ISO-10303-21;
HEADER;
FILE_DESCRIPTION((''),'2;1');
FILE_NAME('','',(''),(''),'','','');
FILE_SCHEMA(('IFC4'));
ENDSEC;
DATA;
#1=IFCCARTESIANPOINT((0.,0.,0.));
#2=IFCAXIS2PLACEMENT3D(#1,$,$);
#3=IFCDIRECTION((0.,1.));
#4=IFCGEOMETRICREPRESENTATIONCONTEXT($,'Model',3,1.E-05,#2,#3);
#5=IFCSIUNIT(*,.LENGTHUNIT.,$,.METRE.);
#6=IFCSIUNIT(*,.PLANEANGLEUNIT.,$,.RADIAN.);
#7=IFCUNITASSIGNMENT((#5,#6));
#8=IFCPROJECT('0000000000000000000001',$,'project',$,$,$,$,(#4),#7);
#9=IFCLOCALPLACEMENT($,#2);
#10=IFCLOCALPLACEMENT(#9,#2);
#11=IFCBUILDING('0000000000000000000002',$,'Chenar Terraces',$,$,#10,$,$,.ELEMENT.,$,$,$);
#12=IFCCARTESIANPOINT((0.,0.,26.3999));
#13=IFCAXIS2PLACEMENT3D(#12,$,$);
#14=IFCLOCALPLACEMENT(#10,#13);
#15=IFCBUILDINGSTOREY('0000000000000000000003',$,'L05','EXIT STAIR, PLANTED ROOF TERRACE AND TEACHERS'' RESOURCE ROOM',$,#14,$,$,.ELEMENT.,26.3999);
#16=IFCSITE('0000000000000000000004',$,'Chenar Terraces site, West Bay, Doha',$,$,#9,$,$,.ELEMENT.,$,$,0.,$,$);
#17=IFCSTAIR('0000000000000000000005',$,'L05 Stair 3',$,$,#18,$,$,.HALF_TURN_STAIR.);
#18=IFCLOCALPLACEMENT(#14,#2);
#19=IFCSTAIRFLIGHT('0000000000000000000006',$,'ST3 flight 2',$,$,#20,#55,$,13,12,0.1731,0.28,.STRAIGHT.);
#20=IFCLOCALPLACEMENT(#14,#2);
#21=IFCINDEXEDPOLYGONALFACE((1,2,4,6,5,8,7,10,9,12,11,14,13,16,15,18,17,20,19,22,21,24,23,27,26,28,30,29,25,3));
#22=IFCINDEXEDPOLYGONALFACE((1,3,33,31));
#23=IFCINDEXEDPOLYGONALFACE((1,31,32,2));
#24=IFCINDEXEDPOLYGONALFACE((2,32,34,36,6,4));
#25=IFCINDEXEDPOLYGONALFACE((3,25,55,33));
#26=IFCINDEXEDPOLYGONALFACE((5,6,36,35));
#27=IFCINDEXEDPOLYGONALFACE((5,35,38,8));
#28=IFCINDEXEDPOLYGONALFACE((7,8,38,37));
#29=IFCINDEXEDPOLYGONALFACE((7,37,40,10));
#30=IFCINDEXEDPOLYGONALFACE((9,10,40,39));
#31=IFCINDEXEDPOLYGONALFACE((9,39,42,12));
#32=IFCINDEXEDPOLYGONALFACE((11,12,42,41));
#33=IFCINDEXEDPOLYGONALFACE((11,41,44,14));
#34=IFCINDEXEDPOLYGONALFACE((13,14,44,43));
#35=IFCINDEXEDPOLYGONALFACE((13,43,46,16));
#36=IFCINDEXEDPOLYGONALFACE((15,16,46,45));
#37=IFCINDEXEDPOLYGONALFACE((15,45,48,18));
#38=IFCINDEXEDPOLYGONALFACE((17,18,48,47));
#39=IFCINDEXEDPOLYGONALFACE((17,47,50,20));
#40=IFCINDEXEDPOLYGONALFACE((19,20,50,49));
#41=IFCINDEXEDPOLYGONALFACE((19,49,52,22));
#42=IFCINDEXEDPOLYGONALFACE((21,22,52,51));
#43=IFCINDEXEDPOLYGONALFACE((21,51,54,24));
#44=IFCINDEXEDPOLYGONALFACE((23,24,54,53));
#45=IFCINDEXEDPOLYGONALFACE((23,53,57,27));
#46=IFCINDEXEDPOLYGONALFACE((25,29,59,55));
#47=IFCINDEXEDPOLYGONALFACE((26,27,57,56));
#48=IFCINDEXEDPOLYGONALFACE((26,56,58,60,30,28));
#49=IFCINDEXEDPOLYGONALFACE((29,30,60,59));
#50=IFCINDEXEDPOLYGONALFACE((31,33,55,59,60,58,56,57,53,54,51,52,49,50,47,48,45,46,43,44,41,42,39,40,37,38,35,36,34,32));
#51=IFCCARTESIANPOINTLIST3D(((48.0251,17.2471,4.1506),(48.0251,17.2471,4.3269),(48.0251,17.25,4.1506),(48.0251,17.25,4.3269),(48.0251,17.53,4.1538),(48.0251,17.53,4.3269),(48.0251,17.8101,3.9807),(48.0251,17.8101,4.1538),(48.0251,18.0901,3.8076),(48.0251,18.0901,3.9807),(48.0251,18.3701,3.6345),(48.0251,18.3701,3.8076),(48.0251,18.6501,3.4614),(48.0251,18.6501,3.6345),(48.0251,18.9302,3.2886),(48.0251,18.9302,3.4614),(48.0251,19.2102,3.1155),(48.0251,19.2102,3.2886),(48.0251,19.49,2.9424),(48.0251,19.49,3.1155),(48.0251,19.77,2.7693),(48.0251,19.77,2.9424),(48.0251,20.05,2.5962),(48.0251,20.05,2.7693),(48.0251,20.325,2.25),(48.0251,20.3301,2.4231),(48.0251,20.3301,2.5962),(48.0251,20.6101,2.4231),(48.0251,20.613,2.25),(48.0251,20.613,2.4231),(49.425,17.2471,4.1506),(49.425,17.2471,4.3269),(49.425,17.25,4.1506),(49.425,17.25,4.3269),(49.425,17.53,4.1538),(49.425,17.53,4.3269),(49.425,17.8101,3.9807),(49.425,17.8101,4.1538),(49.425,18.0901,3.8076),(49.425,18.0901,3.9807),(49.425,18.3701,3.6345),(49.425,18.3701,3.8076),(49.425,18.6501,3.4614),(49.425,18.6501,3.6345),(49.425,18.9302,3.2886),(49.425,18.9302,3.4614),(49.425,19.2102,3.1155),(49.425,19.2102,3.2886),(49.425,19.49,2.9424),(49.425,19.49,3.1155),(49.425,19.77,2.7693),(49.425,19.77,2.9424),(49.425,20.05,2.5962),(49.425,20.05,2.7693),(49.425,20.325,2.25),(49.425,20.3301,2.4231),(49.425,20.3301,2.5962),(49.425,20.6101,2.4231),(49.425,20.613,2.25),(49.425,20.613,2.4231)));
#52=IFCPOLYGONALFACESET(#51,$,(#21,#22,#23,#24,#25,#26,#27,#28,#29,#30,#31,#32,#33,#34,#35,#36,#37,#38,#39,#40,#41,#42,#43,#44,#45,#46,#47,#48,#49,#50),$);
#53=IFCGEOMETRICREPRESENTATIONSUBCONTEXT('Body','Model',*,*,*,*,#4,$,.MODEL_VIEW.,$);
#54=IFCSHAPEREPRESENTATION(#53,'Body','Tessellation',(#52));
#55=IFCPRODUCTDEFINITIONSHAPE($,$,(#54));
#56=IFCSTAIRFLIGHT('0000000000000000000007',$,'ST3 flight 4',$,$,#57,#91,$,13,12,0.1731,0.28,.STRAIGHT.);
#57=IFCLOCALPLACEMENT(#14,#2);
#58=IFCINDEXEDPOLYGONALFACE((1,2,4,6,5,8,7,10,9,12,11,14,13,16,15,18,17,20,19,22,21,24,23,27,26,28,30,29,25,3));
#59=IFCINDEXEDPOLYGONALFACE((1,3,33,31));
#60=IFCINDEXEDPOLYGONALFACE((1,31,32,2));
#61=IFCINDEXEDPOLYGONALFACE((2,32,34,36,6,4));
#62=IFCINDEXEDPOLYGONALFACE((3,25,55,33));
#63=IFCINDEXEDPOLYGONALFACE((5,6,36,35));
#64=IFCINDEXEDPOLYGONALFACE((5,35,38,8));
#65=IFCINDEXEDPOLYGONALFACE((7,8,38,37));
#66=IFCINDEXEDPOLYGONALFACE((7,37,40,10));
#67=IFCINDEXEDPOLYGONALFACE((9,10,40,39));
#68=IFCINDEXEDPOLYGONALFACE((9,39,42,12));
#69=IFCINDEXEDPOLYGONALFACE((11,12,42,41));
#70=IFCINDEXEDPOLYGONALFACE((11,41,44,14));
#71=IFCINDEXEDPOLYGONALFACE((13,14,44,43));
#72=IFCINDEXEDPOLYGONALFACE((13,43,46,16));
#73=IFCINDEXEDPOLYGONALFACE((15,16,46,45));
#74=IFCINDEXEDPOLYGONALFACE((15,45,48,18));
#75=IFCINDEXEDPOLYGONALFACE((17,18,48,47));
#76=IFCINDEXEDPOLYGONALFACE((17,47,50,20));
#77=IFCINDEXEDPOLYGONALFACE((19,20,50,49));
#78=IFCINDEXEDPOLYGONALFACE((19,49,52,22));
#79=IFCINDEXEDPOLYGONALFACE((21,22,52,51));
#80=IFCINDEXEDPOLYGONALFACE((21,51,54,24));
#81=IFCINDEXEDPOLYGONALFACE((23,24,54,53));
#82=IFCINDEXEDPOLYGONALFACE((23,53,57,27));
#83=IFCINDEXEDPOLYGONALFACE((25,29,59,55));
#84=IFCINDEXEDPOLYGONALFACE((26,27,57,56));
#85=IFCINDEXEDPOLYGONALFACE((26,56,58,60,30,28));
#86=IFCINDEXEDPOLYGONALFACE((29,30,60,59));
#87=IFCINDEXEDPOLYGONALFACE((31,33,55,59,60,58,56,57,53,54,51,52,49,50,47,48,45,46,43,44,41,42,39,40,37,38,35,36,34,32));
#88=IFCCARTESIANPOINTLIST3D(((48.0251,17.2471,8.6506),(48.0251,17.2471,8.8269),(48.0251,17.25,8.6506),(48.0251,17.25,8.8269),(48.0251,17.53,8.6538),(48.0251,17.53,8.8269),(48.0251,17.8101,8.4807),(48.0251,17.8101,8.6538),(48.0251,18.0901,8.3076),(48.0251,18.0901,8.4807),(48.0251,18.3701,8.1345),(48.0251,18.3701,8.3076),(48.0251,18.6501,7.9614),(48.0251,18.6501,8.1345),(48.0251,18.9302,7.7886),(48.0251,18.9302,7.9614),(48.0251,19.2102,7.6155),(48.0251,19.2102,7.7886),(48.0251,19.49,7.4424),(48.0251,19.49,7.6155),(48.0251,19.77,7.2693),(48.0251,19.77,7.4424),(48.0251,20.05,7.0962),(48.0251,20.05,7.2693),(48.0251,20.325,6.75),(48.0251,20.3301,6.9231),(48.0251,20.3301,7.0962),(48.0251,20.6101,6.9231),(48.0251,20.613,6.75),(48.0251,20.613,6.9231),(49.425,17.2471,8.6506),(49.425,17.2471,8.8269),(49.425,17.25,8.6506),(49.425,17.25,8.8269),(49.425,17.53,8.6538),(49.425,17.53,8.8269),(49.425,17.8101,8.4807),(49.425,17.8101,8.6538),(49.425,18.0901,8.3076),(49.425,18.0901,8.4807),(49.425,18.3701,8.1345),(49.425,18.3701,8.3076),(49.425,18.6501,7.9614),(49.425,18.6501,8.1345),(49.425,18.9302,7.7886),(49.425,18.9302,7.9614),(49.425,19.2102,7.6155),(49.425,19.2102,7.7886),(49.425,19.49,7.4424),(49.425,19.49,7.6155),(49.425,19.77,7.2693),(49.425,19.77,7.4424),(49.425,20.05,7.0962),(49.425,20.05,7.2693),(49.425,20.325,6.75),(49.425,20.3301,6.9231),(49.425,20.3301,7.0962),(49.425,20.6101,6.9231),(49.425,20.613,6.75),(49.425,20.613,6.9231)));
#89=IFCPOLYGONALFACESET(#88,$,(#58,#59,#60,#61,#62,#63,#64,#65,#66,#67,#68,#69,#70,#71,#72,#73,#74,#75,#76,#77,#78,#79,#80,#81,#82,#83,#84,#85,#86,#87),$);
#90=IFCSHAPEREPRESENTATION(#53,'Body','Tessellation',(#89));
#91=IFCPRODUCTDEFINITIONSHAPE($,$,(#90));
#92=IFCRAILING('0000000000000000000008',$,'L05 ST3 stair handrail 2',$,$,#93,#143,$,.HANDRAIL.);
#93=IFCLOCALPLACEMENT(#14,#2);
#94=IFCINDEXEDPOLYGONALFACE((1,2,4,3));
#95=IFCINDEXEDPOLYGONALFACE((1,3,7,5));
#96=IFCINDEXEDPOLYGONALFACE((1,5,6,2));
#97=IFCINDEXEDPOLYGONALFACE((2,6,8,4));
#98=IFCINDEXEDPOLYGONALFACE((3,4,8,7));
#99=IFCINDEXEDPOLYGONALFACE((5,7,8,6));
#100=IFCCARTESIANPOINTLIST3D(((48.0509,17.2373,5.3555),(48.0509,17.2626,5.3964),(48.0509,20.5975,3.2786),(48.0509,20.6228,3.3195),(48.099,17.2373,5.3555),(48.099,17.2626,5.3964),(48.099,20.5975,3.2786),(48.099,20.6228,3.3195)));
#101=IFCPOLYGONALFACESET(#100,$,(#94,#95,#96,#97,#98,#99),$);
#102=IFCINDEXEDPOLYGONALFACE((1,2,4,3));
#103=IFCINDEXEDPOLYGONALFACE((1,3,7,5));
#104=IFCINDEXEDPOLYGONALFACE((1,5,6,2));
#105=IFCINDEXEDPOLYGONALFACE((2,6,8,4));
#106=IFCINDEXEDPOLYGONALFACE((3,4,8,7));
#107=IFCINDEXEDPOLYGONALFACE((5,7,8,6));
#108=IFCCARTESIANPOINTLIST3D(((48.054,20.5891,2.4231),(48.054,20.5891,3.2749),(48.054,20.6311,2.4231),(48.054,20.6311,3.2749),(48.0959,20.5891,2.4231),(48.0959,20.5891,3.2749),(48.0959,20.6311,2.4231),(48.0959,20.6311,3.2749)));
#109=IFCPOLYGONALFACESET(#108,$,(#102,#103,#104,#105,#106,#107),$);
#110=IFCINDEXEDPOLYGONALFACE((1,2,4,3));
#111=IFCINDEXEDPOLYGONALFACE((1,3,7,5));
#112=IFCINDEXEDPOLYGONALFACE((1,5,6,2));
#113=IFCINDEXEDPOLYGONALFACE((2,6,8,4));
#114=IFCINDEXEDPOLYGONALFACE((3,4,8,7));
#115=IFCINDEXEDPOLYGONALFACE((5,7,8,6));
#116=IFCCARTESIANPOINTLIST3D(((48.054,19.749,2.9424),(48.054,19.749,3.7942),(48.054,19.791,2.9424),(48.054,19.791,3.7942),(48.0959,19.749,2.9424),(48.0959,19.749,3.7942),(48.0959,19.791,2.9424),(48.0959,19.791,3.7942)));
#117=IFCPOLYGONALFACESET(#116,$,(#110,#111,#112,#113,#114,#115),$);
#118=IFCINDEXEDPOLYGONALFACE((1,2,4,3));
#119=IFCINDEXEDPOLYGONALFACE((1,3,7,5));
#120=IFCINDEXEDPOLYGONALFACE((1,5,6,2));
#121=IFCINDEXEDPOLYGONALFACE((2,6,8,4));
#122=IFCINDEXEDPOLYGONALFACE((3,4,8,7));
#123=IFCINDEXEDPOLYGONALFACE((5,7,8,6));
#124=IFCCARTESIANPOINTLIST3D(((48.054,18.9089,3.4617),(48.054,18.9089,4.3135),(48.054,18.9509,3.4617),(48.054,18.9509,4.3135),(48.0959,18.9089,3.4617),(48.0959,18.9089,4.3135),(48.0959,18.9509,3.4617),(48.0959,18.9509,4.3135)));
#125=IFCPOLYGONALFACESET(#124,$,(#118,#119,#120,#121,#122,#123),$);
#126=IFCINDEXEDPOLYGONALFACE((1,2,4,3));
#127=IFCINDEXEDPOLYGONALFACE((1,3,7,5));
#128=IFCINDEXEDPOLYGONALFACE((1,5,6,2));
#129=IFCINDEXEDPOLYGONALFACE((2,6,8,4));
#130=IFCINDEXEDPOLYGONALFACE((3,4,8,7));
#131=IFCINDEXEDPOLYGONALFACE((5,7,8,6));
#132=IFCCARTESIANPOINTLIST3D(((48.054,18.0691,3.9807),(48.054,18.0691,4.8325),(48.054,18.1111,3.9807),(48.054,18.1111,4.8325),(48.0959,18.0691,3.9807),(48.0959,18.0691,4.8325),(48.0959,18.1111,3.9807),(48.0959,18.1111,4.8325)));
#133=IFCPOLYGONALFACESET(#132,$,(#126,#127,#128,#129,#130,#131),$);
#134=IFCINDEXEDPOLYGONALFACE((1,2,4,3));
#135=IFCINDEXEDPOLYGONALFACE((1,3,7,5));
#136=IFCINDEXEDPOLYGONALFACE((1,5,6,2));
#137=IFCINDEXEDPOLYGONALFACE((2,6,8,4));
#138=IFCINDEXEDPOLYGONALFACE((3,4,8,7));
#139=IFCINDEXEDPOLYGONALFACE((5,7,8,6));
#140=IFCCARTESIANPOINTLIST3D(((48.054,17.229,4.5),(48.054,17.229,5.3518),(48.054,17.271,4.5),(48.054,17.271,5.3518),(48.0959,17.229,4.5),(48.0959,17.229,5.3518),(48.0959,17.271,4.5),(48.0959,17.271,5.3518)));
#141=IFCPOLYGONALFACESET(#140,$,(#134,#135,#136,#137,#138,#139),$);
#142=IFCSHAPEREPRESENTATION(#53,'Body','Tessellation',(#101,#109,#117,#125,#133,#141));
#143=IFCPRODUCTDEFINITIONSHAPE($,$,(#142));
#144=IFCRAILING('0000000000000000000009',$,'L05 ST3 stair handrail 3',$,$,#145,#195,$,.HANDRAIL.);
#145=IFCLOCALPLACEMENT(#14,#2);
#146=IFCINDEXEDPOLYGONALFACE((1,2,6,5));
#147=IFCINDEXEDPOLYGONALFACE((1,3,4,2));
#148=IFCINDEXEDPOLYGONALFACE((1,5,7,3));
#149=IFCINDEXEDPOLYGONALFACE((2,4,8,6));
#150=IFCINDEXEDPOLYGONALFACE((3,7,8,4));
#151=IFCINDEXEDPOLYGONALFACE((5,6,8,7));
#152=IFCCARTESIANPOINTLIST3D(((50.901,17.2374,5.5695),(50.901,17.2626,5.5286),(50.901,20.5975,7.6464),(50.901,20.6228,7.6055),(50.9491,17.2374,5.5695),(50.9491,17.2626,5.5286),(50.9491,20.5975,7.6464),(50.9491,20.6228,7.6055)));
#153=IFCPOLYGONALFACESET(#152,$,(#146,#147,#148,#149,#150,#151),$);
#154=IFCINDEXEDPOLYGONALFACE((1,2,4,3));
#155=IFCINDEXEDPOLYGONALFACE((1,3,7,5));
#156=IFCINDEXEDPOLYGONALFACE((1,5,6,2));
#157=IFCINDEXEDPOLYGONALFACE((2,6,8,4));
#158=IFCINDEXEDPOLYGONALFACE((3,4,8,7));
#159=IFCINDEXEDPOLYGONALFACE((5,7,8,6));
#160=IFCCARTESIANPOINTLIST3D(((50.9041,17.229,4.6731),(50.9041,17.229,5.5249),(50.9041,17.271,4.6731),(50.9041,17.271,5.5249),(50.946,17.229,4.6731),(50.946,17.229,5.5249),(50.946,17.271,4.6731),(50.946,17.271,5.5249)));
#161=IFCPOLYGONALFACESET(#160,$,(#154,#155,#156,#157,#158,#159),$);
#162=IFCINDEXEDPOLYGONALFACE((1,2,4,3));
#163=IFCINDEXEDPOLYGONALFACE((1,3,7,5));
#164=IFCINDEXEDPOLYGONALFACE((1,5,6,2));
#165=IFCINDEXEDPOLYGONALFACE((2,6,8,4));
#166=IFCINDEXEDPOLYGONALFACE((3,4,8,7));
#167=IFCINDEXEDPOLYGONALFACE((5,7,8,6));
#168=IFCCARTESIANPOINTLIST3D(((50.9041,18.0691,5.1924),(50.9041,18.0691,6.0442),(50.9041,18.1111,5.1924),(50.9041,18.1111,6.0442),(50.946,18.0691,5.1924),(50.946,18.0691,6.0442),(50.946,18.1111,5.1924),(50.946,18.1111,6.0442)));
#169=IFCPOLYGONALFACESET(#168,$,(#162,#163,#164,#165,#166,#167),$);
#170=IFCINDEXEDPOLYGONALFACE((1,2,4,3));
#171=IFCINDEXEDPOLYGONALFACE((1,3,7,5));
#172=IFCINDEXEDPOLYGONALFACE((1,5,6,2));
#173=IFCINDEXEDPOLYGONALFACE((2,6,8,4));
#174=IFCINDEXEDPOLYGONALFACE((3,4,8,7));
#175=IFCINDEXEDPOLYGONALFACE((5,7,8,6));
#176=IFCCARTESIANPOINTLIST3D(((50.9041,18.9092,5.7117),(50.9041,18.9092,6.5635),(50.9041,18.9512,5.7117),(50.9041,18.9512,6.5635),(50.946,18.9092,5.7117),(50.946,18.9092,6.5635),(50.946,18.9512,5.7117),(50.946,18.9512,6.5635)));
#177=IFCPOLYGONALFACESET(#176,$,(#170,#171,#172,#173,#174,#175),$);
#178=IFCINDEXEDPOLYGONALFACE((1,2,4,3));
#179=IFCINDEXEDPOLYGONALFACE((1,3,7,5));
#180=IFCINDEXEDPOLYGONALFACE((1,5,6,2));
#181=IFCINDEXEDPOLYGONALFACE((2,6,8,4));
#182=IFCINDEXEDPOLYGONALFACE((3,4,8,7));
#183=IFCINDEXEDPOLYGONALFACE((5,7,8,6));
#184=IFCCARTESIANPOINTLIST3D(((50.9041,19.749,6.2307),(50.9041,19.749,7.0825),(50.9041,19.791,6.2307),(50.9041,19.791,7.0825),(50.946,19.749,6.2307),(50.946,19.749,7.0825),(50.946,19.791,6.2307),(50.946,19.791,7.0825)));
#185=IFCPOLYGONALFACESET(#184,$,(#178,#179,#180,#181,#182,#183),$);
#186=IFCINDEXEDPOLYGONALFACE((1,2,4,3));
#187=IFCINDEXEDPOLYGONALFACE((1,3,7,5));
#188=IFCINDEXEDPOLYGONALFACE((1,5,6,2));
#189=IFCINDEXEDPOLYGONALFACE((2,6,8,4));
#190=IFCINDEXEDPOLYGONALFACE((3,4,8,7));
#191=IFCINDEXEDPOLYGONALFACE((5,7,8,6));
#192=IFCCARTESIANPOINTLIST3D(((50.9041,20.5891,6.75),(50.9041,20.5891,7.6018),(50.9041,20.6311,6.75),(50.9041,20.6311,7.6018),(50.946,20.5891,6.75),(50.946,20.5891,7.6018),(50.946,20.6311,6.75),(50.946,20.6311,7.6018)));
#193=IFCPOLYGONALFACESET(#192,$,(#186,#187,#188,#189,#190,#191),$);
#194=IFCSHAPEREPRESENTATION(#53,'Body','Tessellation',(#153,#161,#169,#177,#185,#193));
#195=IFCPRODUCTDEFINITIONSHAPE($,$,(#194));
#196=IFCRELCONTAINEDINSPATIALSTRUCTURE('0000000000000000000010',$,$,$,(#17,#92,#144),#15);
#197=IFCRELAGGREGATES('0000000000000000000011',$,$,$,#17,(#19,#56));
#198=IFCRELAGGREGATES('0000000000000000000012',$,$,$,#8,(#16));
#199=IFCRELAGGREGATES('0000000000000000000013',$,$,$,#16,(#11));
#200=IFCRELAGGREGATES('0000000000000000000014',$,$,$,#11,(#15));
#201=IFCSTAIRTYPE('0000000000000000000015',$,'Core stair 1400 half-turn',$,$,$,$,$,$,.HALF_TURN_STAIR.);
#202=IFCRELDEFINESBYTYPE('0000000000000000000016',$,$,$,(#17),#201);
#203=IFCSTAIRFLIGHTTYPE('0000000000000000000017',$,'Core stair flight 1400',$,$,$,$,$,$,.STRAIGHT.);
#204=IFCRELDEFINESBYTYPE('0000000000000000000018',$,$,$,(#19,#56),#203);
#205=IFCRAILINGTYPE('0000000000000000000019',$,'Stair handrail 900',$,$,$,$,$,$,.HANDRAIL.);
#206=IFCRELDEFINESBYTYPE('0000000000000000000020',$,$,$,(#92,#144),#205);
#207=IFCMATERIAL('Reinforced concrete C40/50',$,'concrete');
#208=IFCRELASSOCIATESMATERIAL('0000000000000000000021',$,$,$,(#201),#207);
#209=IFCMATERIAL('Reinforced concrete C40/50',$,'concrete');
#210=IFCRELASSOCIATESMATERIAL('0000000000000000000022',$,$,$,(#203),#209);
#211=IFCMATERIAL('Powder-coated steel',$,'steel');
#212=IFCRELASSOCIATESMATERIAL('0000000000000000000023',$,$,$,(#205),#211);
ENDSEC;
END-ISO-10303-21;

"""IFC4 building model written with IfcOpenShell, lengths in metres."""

from ifc_helpers import new_model, si_unit, direction, frame, origin, origin_2d, place, context, subcontext, project, spatial, polyline, rectangle, outline, extrude, material, type_object, element, aggregate, save


model = new_model("IFC4")

# Units and contexts
model_context = context("Model", 3, precision=1e-05, world=origin(), true_north=direction((0.0, 1.0)))
body_context = subcontext(model_context, "Body", "Model", "MODEL_VIEW")
ifc_project = project(units=[si_unit("LENGTHUNIT", "METRE"), si_unit("PLANEANGLEUNIT", "RADIAN")], contexts=[model_context])

# Site, building, storey
site_placement = place(None, origin())
site = spatial("IfcSite", under=ifc_project, at=site_placement, Name="Chenar Terraces site, West Bay, Doha", CompositionType="ELEMENT", RefElevation=0.0)
building_placement = place(site_placement, origin())
building = spatial("IfcBuilding", under=site, at=building_placement, Name="Chenar Terraces", CompositionType="ELEMENT")
storey_placement = place(building_placement, frame((0.0, 0.0, 26.3999)))
storey = spatial("IfcBuildingStorey", under=building, at=storey_placement, Name="L05", Description="EXIT STAIR, PLANTED ROOF TERRACE AND TEACHERS' RESOURCE ROOM", CompositionType="ELEMENT", Elevation=26.3999)

# Shared definitions
placement = place(storey_placement, origin())

# Stair, stair flights
ifc_material_1 = material(Name="Reinforced concrete C40/50", Category="concrete")
stair_type = type_object("IfcStairType", Name="Core stair 1400 half-turn", PredefinedType="HALF_TURN_STAIR", material=ifc_material_1)
stair = element("IfcStair", 1, at=placement, inside=storey, type_object=stair_type, Name="L05 Stair 3", PredefinedType="HALF_TURN_STAIR")
ifc_material_2 = material(Name="Reinforced concrete C40/50", Category="concrete")
stair_flight_type = type_object("IfcStairFlightType", Name="Core stair flight 1400", PredefinedType="STRAIGHT", material=ifc_material_2)
stair_flight_1_placement = place(storey_placement, frame((48.7251, 20.6101, 2.25), z_axis=(0.0, 0.0, 1.0), x_axis=(0.0, -1.0, 0.0)))
stair_flight_1 = element("IfcStairFlight", 2, at=stair_flight_1_placement, type_object=stair_flight_type, Name="ST3 flight 2", NumberOfRisers=13, NumberOfTreads=12, PredefinedType="STRAIGHT", RiserHeight=0.1731, TreadLength=0.28, context=body_context, shape_type="SweptSolid", body=[
    extrude(outline(polyline([(-0.0029, 0.0), (-0.0029, 0.1731), (0.0, 0.1731), (0.28, 0.1731), (0.28, 0.3462), (0.5601, 0.3462), (0.5601, 0.5193), (0.8401, 0.5193), (0.8401, 0.6924), (1.1201, 0.6924), (1.1201, 0.8655), (1.3999, 0.8655), (1.3999, 1.0386), (1.6799, 1.0386), (1.6799, 1.2114), (1.96, 1.2114), (1.96, 1.3845), (2.24, 1.3845), (2.24, 1.5576), (2.52, 1.5576), (2.52, 1.7307), (2.8, 1.7307), (2.8, 1.9038), (3.0801, 1.9038), (3.0801, 2.0769), (3.3601, 2.0769), (3.363, 2.0769), (3.363, 1.9006), (3.3601, 1.9006), (0.2852, 0.0), (-0.0029, 0.0)])), frame((0.0, 0.7, 0.0), z_axis=(0.0, -1.0, 0.0), x_axis=(1.0, 0.0, 0.0)), (0.0, 0.0, 1.0), 1.3999),
])
stair_flight_2_placement = place(storey_placement, frame((48.7251, 20.6101, 6.75), z_axis=(0.0, 0.0, 1.0), x_axis=(0.0, -1.0, 0.0)))
stair_flight_2 = element("IfcStairFlight", 3, at=stair_flight_2_placement, type_object=stair_flight_type, Name="ST3 flight 4", NumberOfRisers=13, NumberOfTreads=12, PredefinedType="STRAIGHT", RiserHeight=0.1731, TreadLength=0.28, context=body_context, shape_type="SweptSolid", body=[
    extrude(outline(polyline([(-0.0029, 0.0), (-0.0029, 0.1731), (0.0, 0.1731), (0.28, 0.1731), (0.28, 0.3462), (0.5601, 0.3462), (0.5601, 0.5193), (0.8401, 0.5193), (0.8401, 0.6924), (1.1201, 0.6924), (1.1201, 0.8655), (1.3999, 0.8655), (1.3999, 1.0386), (1.6799, 1.0386), (1.6799, 1.2114), (1.96, 1.2114), (1.96, 1.3845), (2.24, 1.3845), (2.24, 1.5576), (2.52, 1.5576), (2.52, 1.7307), (2.8, 1.7307), (2.8, 1.9038), (3.0801, 1.9038), (3.0801, 2.0769), (3.3601, 2.0769), (3.363, 2.0769), (3.363, 1.9006), (3.3601, 1.9006), (0.2852, 0.0), (-0.0029, 0.0)])), frame((0.0, 0.7, 0.0), z_axis=(0.0, -1.0, 0.0), x_axis=(1.0, 0.0, 0.0)), (0.0, 0.0, 1.0), 1.3999),
])
aggregate(stair, [stair_flight_1, stair_flight_2])

# Railings
ifc_material_3 = material(Name="Powder-coated steel", Category="steel")
railing_type = type_object("IfcRailingType", Name="Stair handrail 900", PredefinedType="HANDRAIL", material=ifc_material_3)
railing_1_placement = place(storey_placement, frame((48.075, 20.6101, 2.4231)))
element("IfcRailing", 4, at=railing_1_placement, inside=storey, type_object=railing_type, Name="L05 ST3 stair handrail 2", PredefinedType="HANDRAIL", context=body_context, shape_type="SweptSolid", body=[
    extrude(rectangle(XDim=0.0481, YDim=0.0481, at=origin_2d()), frame((0.0, 0.0, 0.876), z_axis=(0.0, -0.850623, 0.525776), x_axis=(1.0, 0.0, 0.0)), (0.0, 0.0, 1.0), 3.9502),
    extrude(rectangle(XDim=0.042, YDim=0.042, at=origin_2d()), origin(), (0.0, 0.0, 1.0), 0.8518),
    extrude(rectangle(XDim=0.042, YDim=0.042, at=origin_2d()), frame((0.0, -0.8401, 0.5193)), (0.0, 0.0, 1.0), 0.8518),
    extrude(rectangle(XDim=0.042, YDim=0.042, at=origin_2d()), frame((0.0, -1.6802, 1.0386)), (0.0, 0.0, 1.0), 0.8518),
    extrude(rectangle(XDim=0.042, YDim=0.042, at=origin_2d()), frame((0.0, -2.52, 1.5576)), (0.0, 0.0, 1.0), 0.8518),
    extrude(rectangle(XDim=0.042, YDim=0.042, at=origin_2d()), frame((0.0, -3.3601, 2.0769)), (0.0, 0.0, 1.0), 0.8518),
])
railing_2_placement = place(storey_placement, frame((50.925, 17.25, 4.6731)))
element("IfcRailing", 5, at=railing_2_placement, inside=storey, type_object=railing_type, Name="L05 ST3 stair handrail 3", PredefinedType="HANDRAIL", context=body_context, shape_type="SweptSolid", body=[
    extrude(rectangle(XDim=0.0481, YDim=0.0481, at=origin_2d()), frame((0.0, 0.0, 0.876), z_axis=(0.0, 0.850623, 0.525776), x_axis=(-1.0, 0.0, 0.0)), (0.0, 0.0, 1.0), 3.9502),
    extrude(rectangle(XDim=0.042, YDim=0.042, at=origin_2d()), origin(), (0.0, 0.0, 1.0), 0.8518),
    extrude(rectangle(XDim=0.042, YDim=0.042, at=origin_2d()), frame((0.0, 0.8401, 0.5193)), (0.0, 0.0, 1.0), 0.8518),
    extrude(rectangle(XDim=0.042, YDim=0.042, at=origin_2d()), frame((0.0, 1.6802, 1.0386)), (0.0, 0.0, 1.0), 0.8518),
    extrude(rectangle(XDim=0.042, YDim=0.042, at=origin_2d()), frame((0.0, 2.52, 1.5576)), (0.0, 0.0, 1.0), 0.8518),
    extrude(rectangle(XDim=0.042, YDim=0.042, at=origin_2d()), frame((0.0, 3.3601, 2.0769)), (0.0, 0.0, 1.0), 0.8518),
])

save(model, "model.ifc")
